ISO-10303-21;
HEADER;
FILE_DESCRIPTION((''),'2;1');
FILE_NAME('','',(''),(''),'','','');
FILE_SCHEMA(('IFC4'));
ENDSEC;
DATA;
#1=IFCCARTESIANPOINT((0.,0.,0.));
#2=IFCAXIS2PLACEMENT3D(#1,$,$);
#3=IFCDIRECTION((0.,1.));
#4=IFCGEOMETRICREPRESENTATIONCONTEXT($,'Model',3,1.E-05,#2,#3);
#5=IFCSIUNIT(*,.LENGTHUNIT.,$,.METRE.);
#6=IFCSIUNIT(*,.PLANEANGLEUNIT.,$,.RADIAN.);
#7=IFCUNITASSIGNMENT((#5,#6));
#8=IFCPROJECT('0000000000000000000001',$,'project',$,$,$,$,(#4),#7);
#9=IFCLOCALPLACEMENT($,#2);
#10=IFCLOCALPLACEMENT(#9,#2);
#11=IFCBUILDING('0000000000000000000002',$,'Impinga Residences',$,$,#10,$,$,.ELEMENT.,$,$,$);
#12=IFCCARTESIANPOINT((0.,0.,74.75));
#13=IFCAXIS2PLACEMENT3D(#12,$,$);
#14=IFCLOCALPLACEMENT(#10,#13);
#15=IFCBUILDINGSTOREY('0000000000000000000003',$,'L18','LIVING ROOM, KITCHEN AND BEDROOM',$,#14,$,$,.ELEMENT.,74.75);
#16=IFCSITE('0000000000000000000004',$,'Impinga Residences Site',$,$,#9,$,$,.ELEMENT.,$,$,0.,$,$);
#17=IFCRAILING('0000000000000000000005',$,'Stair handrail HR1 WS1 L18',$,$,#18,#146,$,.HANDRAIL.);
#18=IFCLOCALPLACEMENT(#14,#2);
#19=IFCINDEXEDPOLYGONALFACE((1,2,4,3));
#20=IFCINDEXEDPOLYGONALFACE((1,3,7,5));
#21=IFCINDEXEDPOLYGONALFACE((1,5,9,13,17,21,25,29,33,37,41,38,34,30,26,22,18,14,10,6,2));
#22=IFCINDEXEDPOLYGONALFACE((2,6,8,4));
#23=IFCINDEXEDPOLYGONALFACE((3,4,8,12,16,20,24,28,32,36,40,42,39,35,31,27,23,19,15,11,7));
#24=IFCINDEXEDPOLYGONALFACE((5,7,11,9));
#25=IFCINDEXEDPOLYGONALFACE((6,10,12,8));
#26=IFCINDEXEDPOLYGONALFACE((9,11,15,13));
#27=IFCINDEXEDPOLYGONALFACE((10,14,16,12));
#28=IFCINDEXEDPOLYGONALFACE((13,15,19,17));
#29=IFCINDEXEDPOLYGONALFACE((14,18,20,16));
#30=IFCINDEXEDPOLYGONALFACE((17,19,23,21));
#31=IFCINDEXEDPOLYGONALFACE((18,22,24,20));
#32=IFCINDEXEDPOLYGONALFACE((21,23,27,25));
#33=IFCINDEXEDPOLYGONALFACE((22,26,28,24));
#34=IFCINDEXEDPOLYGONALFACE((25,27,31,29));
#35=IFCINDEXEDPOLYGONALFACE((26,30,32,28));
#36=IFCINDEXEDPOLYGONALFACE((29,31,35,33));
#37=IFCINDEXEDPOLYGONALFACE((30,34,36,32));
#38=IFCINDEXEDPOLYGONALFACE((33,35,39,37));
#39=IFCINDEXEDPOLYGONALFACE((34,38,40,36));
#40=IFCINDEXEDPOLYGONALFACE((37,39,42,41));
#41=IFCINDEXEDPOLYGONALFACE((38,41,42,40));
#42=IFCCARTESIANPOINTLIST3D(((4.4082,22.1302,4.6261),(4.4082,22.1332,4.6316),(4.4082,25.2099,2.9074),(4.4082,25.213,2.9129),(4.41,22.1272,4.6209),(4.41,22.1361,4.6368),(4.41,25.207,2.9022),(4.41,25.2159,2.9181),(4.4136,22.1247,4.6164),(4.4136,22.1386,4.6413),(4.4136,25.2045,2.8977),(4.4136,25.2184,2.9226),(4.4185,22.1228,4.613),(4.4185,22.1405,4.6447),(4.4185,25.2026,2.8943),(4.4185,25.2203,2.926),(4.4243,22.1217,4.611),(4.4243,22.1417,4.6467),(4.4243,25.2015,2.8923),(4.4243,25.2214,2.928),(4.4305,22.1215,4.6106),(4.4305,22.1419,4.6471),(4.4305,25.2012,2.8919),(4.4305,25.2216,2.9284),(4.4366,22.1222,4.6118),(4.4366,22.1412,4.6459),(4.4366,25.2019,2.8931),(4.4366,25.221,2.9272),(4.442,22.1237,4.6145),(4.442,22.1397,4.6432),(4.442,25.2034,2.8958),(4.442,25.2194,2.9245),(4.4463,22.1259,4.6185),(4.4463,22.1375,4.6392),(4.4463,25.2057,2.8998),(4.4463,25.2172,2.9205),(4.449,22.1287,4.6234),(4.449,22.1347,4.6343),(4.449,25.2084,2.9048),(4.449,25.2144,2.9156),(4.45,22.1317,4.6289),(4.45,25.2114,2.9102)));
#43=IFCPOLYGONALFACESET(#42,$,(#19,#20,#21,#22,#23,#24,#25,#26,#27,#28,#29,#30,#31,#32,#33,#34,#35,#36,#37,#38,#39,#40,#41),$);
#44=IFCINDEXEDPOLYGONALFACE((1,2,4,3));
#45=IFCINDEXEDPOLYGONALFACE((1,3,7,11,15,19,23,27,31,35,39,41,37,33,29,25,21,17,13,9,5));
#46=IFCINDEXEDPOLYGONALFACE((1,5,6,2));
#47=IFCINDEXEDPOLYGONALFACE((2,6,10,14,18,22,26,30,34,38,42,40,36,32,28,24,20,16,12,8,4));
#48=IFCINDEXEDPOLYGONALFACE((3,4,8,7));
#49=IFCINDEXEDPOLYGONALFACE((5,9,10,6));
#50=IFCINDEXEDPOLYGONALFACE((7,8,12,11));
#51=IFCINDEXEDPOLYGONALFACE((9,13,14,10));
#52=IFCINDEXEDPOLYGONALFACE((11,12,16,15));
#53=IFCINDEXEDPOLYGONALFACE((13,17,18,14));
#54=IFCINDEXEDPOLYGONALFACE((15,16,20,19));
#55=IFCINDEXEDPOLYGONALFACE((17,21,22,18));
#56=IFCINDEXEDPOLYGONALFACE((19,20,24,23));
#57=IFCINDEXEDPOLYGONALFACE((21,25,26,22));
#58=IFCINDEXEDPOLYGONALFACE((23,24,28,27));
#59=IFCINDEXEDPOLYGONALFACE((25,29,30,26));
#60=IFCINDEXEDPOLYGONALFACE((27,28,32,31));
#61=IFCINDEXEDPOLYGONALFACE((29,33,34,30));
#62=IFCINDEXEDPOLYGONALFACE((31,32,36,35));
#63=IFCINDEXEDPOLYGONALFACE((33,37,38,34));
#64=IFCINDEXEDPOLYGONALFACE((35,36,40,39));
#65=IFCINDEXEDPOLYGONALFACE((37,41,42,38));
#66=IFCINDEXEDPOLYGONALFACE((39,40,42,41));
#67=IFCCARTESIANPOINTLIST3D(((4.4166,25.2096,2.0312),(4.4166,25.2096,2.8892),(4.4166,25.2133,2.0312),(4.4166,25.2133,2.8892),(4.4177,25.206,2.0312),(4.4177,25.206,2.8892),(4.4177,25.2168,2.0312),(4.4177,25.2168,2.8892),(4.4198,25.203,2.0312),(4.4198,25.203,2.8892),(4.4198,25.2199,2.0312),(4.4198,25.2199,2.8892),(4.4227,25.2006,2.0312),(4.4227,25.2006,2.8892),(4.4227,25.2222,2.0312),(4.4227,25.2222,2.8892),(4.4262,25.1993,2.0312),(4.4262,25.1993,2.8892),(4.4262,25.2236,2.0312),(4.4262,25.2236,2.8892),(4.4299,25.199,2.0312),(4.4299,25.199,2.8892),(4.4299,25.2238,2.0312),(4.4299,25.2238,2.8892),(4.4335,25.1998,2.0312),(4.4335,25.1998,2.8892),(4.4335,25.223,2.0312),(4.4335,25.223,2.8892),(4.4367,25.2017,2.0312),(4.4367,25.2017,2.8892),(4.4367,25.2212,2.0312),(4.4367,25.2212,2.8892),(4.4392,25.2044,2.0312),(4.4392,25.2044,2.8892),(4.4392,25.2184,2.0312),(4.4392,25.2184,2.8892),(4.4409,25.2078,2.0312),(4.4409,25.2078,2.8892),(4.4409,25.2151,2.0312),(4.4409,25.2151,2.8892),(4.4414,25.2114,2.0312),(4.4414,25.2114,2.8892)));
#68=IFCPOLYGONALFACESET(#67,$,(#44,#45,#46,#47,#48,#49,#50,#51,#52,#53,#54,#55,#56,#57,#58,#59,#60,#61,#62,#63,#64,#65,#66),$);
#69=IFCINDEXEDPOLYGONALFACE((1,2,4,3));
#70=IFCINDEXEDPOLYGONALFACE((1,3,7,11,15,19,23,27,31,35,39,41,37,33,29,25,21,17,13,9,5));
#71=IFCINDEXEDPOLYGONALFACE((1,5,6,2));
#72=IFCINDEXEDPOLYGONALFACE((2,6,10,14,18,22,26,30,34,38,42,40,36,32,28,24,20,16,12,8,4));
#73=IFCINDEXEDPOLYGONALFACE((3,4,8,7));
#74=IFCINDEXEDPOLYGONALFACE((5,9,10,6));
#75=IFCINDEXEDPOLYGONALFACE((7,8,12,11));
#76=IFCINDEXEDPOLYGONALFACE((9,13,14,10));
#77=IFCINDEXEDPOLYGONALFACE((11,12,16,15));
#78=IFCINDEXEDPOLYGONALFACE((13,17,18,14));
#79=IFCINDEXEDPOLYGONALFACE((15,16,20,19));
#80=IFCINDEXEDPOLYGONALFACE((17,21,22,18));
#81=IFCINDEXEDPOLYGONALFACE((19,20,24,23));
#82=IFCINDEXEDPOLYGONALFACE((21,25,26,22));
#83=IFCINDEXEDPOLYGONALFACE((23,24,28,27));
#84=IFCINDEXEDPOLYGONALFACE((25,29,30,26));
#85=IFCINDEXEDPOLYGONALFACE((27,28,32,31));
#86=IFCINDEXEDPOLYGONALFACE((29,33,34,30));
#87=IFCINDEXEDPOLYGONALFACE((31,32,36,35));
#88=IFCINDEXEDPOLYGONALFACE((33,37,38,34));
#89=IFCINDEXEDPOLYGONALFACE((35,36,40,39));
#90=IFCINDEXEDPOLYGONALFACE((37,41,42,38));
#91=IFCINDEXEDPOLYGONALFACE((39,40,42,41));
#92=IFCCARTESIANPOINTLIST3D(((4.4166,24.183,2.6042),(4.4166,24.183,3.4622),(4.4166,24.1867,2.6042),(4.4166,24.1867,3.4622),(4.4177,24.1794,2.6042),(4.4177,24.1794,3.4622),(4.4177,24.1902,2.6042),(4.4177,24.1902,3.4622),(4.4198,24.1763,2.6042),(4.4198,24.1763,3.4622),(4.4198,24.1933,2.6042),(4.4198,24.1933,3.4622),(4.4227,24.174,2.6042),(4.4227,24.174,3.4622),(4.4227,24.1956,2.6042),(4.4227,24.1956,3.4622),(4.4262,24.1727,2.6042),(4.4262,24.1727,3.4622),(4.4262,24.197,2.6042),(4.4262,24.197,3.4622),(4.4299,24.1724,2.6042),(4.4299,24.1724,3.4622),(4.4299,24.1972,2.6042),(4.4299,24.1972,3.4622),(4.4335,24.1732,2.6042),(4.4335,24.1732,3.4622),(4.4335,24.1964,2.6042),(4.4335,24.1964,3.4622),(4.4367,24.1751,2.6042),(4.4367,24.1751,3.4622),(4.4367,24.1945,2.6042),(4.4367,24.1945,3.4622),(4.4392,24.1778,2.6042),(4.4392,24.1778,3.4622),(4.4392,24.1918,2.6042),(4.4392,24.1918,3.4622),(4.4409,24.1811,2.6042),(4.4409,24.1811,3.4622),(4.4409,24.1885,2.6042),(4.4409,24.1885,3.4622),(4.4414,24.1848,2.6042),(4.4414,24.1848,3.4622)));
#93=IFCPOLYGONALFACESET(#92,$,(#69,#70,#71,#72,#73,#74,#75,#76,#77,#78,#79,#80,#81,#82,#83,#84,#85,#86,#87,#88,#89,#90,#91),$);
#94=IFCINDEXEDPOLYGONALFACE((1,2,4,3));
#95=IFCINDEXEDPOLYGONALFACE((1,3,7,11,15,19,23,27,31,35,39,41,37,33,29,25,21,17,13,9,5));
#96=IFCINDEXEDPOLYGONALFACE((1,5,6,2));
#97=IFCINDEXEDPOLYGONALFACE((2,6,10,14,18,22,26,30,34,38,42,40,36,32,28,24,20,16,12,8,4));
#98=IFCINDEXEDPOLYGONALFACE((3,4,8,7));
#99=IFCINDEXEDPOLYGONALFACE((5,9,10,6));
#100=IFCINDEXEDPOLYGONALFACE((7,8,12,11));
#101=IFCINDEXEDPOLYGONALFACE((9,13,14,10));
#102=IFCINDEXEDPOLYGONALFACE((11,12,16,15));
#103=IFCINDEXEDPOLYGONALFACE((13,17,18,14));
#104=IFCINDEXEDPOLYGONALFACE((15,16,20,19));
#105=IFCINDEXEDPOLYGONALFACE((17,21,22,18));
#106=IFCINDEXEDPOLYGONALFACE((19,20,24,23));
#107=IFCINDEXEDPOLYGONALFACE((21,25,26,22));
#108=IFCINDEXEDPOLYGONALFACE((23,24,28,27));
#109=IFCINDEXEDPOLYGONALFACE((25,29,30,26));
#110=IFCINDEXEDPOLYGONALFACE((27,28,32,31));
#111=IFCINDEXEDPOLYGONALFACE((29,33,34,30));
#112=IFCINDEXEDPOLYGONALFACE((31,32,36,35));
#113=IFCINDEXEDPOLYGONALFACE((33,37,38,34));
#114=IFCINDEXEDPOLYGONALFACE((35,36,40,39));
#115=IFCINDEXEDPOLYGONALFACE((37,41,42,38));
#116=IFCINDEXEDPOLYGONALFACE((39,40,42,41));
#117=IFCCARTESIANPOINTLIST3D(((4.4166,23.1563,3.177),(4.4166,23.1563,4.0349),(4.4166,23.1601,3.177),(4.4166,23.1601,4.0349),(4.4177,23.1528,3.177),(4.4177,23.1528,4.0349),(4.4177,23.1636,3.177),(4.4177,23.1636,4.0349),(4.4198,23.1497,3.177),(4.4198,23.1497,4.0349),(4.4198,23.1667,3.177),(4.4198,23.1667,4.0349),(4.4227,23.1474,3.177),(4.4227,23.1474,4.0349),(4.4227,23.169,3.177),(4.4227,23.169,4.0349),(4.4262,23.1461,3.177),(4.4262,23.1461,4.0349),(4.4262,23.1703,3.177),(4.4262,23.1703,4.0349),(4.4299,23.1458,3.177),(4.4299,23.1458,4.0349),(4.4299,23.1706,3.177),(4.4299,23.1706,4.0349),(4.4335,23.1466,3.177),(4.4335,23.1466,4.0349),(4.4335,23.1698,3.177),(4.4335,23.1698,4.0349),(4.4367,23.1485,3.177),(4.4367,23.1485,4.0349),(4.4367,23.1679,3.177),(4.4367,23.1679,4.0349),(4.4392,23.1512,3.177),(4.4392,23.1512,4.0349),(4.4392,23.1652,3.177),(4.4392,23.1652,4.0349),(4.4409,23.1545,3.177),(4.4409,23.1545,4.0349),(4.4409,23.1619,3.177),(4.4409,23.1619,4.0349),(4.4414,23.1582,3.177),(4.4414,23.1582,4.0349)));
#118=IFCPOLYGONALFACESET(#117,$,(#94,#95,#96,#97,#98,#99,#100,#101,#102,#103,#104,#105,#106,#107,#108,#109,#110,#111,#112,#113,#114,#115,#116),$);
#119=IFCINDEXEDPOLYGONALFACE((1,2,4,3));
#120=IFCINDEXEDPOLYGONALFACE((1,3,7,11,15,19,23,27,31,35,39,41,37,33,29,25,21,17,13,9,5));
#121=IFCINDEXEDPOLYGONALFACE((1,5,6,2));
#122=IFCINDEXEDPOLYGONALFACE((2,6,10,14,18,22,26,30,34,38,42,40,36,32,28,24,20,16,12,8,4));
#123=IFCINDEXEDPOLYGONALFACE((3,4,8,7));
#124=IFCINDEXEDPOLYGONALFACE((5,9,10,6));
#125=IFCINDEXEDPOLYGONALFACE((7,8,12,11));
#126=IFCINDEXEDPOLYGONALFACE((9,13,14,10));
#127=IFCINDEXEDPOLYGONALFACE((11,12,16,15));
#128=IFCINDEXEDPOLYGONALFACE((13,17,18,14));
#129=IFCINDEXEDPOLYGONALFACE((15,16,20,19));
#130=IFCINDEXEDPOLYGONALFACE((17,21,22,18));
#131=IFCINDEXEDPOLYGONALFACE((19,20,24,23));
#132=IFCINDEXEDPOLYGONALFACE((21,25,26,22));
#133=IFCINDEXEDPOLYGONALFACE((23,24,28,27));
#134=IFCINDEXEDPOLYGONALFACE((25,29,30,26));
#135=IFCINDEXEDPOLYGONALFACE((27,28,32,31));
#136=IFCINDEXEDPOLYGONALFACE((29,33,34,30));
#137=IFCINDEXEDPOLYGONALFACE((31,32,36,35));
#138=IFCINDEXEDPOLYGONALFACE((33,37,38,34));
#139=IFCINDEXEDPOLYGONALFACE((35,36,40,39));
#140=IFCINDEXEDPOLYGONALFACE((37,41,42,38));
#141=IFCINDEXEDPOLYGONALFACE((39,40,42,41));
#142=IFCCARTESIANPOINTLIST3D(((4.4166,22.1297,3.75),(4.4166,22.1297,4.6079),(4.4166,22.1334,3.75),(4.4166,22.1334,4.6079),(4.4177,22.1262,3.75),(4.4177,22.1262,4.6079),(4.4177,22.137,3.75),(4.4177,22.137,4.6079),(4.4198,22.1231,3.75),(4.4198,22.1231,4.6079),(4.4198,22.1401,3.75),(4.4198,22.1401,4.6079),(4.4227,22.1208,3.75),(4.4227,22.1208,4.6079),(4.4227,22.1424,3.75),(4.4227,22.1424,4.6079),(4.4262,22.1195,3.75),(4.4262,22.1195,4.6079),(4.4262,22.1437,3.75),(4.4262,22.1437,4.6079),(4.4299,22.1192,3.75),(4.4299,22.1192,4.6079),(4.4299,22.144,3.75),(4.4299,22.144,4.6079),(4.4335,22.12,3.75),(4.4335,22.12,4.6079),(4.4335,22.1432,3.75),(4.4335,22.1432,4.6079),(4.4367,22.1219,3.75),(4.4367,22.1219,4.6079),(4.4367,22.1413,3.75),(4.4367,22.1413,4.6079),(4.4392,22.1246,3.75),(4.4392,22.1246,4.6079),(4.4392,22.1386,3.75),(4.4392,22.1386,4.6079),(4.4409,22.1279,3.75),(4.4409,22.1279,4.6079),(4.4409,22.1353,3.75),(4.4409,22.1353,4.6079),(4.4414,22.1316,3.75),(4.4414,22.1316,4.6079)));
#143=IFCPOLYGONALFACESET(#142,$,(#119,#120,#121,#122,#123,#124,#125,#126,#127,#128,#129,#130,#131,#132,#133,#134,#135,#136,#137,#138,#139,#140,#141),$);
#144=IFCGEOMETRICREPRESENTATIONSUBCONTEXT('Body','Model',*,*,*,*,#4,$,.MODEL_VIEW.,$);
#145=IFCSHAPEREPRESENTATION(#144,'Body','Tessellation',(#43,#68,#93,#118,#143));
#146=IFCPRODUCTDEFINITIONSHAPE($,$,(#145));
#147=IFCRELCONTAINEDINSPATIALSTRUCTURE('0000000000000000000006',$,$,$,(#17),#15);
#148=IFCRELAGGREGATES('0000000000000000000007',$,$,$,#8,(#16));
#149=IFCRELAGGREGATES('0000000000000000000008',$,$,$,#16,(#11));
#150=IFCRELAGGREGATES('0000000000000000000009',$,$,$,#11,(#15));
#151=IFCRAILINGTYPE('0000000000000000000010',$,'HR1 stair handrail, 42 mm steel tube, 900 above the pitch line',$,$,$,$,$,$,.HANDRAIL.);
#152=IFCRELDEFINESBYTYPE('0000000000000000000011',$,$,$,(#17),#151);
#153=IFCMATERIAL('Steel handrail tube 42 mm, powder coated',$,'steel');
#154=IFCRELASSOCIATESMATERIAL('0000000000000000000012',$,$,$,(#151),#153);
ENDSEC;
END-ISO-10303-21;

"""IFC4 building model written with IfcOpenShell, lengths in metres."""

from ifc_helpers import new_model, si_unit, direction, frame, origin, origin_2d, place, context, subcontext, project, spatial, circle, extrude, material, type_object, element, save


model = new_model("IFC4")

# Units and contexts
model_context = context("Model", 3, precision=1e-05, world=origin(), true_north=direction((0.0, 1.0)))
body_context = subcontext(model_context, "Body", "Model", "MODEL_VIEW")
ifc_project = project(units=[si_unit("LENGTHUNIT", "METRE"), si_unit("PLANEANGLEUNIT", "RADIAN")], contexts=[model_context])

# Site, building, storey
site_placement = place(None, origin())
site = spatial("IfcSite", under=ifc_project, at=site_placement, Name="Impinga Residences Site", CompositionType="ELEMENT", RefElevation=0.0)
building_placement = place(site_placement, origin())
building = spatial("IfcBuilding", under=site, at=building_placement, Name="Impinga Residences", CompositionType="ELEMENT")
storey_placement = place(building_placement, frame((0.0, 0.0, 74.75)))
storey = spatial("IfcBuildingStorey", under=building, at=storey_placement, Name="L18", Description="LIVING ROOM, KITCHEN AND BEDROOM", CompositionType="ELEMENT", Elevation=74.75)

# Railing
ifc_material_1 = material(Name="Steel handrail tube 42 mm, powder coated", Category="steel")
railing_type_1 = type_object("IfcRailingType", Name="HR1 stair handrail, 42 mm steel tube, 900 above the pitch line", PredefinedType="HANDRAIL", material=ifc_material_1)
railing_1_placement = place(storey_placement, frame((4.429, 25.2114, 2.0312)))
element("IfcRailing", 1, at=railing_1_placement, inside=storey, type_object=railing_type_1, Name="Stair handrail HR1 WS1 L18", PredefinedType="HANDRAIL", context=body_context, shape_type="SweptSolid", body=[
    extrude(circle(Radius=0.021, at=origin_2d()), frame((0.0, 0.0, 0.8789), z_axis=(0.0, -0.873225, 0.487317), x_axis=(1.0, 0.0, 0.0)), (0.0, 0.0, 1.0), 3.5269),
    extrude(circle(Radius=0.0125, at=origin_2d()), origin(), (0.0, 0.0, 1.0), 0.8579),
    extrude(circle(Radius=0.0125, at=origin_2d()), frame((0.0, -1.0266, 0.573)), (0.0, 0.0, 1.0), 0.8579),
    extrude(circle(Radius=0.0125, at=origin_2d()), frame((0.0, -2.0532, 1.1458)), (0.0, 0.0, 1.0), 0.8579),
    extrude(circle(Radius=0.0125, at=origin_2d()), frame((0.0, -3.0798, 1.7188)), (0.0, 0.0, 1.0), 0.8579),
])

save(model, "model.ifc")
